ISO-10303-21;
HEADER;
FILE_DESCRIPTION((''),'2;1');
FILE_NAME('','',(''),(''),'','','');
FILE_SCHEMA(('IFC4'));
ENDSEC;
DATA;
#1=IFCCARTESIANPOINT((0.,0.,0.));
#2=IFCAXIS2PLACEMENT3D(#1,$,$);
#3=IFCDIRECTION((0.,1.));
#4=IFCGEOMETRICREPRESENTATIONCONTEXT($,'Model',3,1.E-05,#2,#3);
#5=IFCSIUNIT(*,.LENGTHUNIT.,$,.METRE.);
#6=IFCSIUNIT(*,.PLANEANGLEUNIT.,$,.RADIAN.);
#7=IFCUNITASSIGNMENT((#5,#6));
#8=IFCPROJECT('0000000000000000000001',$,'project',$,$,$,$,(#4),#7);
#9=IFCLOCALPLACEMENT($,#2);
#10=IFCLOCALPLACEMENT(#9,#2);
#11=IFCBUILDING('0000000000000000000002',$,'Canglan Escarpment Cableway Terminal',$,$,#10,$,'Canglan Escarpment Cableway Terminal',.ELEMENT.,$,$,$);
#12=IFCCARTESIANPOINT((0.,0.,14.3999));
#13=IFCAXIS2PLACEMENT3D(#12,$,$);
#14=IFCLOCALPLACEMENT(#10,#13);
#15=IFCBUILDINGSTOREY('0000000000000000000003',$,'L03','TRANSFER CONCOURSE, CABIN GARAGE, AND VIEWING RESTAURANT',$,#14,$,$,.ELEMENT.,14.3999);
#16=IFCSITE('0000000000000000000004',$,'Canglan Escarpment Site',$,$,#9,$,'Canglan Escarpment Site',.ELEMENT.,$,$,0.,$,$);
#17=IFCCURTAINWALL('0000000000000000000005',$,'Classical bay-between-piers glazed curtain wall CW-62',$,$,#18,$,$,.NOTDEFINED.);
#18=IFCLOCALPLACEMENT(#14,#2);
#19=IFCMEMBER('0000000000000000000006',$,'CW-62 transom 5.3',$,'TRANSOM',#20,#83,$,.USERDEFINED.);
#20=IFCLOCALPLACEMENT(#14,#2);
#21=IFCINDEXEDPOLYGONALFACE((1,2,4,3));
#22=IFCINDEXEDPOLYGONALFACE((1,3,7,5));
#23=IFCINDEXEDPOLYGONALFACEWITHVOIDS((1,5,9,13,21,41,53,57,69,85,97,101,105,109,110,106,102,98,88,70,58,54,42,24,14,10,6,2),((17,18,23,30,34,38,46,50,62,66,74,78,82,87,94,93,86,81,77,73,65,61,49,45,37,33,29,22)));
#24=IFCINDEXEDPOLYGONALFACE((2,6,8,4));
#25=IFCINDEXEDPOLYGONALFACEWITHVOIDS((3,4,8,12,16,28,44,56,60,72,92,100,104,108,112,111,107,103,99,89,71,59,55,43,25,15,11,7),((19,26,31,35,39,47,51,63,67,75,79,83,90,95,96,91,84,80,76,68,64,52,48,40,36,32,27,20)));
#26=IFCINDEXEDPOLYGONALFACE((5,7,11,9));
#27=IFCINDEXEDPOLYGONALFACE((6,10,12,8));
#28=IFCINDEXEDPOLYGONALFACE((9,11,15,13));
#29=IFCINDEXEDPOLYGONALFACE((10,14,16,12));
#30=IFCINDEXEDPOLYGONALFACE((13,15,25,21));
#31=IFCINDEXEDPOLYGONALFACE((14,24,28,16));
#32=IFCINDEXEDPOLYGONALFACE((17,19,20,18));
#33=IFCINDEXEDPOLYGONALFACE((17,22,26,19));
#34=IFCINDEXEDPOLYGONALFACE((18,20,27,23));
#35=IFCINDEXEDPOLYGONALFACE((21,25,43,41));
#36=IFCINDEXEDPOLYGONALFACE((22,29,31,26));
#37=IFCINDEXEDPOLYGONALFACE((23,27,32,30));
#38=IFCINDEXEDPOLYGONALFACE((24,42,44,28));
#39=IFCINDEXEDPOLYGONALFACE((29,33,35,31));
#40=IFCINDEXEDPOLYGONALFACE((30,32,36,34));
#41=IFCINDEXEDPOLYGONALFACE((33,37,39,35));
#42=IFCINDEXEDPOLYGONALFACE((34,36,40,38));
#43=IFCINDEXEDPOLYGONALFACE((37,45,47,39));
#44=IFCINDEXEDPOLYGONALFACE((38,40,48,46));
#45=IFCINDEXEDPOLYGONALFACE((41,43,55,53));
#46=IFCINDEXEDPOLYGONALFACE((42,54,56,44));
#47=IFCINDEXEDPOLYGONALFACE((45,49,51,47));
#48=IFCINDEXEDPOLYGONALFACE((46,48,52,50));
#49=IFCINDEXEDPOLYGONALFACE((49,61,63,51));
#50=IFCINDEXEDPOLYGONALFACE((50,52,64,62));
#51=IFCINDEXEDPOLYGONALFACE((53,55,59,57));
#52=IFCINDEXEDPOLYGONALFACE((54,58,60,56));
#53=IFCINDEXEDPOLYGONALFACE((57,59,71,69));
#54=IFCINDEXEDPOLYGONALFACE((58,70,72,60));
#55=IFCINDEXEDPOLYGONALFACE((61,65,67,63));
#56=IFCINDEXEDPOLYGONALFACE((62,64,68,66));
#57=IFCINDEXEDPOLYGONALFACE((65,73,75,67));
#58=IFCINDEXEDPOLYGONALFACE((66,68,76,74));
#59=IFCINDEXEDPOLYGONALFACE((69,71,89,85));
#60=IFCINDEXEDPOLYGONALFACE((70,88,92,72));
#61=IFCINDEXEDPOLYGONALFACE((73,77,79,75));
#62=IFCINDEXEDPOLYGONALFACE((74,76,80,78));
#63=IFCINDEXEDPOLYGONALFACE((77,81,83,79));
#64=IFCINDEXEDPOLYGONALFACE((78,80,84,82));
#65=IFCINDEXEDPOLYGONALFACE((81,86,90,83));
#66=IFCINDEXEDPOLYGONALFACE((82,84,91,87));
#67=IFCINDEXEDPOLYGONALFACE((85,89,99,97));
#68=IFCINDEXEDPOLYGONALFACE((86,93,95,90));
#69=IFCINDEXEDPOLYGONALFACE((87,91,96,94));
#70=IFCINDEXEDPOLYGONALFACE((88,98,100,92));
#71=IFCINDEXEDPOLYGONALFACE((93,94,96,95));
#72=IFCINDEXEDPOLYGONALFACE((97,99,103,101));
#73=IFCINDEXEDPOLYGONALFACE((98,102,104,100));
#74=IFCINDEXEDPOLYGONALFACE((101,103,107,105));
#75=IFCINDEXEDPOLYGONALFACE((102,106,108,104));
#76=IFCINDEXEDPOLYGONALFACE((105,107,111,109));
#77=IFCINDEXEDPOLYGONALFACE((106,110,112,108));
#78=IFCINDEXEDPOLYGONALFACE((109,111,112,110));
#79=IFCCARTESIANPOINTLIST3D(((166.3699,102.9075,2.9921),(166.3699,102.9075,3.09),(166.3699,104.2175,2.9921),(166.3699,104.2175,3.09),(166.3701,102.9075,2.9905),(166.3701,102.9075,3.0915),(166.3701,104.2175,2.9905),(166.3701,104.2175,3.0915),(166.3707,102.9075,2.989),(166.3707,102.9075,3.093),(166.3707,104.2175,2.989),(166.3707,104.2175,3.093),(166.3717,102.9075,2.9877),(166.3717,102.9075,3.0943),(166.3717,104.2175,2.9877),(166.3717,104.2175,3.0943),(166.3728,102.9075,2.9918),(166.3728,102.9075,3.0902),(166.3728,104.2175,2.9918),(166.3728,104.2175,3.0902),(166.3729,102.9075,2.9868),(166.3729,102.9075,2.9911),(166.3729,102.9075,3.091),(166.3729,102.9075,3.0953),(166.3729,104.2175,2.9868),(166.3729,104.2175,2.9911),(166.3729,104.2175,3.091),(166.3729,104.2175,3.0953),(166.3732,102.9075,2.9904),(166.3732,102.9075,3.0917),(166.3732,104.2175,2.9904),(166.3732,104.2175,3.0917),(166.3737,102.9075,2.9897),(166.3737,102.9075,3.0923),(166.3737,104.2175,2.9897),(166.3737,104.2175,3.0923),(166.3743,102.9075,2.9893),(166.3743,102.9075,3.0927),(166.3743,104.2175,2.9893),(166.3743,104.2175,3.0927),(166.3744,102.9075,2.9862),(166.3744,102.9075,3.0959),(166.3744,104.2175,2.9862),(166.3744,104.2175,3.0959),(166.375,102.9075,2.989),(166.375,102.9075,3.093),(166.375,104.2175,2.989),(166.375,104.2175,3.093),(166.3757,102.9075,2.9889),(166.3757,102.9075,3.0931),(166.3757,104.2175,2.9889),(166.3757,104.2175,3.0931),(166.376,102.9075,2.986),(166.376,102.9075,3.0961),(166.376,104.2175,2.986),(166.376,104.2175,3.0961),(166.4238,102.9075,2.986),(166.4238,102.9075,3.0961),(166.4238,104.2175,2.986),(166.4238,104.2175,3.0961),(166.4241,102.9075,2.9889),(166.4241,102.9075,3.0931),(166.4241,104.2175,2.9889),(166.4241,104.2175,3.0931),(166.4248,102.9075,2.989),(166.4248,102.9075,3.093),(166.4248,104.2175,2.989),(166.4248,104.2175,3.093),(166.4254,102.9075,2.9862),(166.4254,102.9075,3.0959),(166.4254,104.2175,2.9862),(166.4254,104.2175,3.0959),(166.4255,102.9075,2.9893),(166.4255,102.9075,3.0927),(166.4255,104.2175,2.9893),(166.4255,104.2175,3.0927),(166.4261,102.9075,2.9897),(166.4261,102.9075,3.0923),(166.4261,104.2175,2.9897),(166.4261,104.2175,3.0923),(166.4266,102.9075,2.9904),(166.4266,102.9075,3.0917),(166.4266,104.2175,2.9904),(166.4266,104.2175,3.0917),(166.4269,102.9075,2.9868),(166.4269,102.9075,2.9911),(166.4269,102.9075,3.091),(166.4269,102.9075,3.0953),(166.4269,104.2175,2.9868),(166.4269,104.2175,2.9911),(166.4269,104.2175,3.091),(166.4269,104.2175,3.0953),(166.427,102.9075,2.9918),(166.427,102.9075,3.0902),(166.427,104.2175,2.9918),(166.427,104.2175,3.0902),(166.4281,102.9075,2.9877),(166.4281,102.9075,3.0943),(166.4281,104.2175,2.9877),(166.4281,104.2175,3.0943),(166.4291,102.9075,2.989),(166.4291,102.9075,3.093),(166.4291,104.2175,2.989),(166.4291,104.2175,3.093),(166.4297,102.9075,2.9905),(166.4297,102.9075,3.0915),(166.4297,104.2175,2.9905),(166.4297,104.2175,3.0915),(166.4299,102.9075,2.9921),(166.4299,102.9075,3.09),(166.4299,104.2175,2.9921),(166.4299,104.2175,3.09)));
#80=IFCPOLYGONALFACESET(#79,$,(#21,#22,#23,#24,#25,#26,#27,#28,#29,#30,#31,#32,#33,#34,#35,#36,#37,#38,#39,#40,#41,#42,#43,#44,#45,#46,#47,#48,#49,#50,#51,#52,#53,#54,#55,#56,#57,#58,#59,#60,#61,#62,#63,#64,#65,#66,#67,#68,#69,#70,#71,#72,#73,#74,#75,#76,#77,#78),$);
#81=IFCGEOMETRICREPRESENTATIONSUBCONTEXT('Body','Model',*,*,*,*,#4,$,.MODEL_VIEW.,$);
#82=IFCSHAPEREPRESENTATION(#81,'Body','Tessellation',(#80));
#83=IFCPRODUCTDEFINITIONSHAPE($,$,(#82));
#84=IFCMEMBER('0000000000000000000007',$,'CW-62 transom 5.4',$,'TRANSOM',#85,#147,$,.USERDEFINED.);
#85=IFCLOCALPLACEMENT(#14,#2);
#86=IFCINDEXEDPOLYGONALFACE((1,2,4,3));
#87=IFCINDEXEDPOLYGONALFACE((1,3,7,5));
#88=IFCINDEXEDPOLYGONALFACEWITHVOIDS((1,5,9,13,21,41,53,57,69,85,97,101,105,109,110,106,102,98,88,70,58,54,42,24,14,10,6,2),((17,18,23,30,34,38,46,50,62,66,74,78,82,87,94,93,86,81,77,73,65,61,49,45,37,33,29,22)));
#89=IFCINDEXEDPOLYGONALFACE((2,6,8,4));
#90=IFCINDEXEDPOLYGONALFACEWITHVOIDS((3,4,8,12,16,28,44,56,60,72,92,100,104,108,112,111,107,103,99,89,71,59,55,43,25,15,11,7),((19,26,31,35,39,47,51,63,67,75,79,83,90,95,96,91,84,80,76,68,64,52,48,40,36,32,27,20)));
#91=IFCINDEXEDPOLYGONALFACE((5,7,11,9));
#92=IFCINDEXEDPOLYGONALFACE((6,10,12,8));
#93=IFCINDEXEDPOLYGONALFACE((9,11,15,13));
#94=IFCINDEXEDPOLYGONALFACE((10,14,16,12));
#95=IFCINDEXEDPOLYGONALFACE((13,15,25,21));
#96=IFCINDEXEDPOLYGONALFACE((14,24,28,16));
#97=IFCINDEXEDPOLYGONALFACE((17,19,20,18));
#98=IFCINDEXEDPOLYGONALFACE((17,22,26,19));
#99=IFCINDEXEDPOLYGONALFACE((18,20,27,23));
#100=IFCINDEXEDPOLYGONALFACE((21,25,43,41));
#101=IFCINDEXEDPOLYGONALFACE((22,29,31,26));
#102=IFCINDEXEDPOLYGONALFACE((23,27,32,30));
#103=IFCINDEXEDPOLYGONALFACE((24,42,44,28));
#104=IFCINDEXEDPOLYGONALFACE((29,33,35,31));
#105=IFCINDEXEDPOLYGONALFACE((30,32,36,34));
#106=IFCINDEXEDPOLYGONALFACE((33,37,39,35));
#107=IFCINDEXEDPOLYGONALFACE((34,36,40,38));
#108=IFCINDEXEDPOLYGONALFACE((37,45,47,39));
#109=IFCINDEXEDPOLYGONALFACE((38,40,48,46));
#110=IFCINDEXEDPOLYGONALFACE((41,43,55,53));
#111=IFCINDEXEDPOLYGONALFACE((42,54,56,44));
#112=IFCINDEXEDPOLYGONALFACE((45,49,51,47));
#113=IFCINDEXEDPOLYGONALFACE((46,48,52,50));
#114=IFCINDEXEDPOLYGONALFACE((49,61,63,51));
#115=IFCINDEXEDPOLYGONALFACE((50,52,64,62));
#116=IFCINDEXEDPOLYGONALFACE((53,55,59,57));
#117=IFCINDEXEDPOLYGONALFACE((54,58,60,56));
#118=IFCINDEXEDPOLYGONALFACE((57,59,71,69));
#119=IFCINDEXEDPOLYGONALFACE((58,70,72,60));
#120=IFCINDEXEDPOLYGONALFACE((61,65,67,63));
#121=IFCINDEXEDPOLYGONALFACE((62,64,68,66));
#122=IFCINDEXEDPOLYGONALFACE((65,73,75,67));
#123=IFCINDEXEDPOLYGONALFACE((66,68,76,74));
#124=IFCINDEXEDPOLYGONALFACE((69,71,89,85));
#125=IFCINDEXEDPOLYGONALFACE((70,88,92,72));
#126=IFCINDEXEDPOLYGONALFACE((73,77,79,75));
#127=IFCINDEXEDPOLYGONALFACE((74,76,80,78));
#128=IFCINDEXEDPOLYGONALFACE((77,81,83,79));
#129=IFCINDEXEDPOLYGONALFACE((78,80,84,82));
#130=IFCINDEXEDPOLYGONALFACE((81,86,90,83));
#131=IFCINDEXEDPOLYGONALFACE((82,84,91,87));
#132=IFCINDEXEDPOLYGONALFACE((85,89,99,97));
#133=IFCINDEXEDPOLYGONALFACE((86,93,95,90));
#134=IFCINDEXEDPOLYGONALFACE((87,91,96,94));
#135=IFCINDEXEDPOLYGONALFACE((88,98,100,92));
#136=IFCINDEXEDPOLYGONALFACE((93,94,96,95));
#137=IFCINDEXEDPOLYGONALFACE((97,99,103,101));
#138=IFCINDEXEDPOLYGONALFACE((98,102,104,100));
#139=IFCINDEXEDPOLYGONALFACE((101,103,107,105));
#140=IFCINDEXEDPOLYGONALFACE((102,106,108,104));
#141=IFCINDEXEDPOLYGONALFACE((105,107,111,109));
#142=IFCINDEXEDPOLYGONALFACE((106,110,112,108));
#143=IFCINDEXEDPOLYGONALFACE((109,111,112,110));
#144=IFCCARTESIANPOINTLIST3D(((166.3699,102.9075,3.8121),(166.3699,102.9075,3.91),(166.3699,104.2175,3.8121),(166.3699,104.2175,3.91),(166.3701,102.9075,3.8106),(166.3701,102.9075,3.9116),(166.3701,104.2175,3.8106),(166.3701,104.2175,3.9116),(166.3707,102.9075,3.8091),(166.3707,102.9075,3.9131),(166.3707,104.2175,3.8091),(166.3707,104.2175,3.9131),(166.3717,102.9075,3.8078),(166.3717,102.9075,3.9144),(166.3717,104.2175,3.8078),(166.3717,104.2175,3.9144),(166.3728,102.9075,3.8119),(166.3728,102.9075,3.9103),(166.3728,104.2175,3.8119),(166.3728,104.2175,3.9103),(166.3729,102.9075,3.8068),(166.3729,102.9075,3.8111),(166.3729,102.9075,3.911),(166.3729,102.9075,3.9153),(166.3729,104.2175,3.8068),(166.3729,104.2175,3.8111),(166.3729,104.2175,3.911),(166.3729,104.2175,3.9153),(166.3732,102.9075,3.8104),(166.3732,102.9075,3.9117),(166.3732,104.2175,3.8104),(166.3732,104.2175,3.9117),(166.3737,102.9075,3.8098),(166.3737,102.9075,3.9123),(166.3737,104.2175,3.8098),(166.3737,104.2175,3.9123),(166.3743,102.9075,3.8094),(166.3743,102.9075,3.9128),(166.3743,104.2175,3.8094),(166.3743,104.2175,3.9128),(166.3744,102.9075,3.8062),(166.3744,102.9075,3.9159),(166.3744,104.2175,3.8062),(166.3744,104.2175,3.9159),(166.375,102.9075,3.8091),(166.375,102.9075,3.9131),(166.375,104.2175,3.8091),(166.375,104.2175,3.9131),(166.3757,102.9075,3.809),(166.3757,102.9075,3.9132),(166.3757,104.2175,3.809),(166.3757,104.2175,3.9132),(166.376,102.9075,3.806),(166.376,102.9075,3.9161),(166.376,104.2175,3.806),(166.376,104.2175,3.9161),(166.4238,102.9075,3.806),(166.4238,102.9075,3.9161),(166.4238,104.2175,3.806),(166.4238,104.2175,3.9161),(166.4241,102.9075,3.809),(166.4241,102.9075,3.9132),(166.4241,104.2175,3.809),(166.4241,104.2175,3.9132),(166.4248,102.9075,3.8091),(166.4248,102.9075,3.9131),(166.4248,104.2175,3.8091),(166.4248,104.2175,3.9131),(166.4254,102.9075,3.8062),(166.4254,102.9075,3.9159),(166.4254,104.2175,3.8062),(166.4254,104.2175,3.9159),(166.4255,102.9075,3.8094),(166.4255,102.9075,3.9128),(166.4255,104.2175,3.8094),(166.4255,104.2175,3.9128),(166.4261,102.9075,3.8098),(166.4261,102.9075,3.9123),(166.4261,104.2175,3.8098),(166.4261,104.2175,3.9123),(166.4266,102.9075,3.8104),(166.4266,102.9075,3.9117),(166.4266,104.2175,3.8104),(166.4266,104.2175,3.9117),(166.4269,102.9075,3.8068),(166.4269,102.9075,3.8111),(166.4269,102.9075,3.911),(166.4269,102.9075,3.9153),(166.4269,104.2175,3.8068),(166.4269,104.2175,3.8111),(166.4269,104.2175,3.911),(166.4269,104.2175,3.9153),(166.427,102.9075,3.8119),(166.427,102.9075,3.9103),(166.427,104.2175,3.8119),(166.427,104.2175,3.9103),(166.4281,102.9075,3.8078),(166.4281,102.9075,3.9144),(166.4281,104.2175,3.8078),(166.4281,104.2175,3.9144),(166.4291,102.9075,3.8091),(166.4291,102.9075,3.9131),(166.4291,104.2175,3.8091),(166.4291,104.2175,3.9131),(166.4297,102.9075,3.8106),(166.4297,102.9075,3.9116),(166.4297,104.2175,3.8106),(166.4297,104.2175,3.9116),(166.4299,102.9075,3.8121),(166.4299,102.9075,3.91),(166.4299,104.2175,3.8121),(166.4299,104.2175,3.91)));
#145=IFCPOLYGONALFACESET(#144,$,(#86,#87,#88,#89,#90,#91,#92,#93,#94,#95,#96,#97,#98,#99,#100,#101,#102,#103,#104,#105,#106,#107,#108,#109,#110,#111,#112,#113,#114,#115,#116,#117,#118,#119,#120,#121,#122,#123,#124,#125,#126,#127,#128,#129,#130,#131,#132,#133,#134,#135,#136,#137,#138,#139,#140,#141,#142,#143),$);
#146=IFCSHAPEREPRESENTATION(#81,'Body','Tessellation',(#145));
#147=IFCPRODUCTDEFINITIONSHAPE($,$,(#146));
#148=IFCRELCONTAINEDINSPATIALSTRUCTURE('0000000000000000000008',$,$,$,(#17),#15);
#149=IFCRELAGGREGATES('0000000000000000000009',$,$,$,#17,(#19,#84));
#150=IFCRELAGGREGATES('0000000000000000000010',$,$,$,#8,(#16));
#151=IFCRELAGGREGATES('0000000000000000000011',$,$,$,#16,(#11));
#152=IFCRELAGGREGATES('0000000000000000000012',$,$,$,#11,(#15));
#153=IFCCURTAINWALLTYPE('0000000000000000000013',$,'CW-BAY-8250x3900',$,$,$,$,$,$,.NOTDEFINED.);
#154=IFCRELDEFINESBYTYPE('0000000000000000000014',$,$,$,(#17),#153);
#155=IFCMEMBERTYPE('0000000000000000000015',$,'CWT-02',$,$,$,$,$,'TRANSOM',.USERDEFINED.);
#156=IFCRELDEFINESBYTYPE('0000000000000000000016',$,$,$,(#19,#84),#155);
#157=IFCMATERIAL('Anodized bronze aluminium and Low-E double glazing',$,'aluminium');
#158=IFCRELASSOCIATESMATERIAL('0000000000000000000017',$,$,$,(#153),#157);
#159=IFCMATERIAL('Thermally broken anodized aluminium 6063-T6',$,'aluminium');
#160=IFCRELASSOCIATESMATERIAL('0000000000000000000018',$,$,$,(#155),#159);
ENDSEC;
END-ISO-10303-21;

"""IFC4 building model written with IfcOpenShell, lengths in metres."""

from ifc_helpers import new_model, si_unit, direction, frame, origin, origin_2d, place, context, subcontext, project, spatial, hollow_rectangle, extrude, material, material_profile, profile_set, type_object, element, aggregate, save


model = new_model("IFC4")

# Units and contexts
model_context = context("Model", 3, precision=1e-05, world=origin(), true_north=direction((0.0, 1.0)))
body_context = subcontext(model_context, "Body", "Model", "MODEL_VIEW")
ifc_project = project(units=[si_unit("LENGTHUNIT", "METRE"), si_unit("PLANEANGLEUNIT", "RADIAN")], contexts=[model_context])

# Site, building, storey
site_placement = place(None, origin())
site = spatial("IfcSite", under=ifc_project, at=site_placement, Name="Canglan Escarpment Site", LongName="Canglan Escarpment Site", CompositionType="ELEMENT", RefElevation=0.0)
building_placement = place(site_placement, origin())
building = spatial("IfcBuilding", under=site, at=building_placement, Name="Canglan Escarpment Cableway Terminal", LongName="Canglan Escarpment Cableway Terminal", CompositionType="ELEMENT")
storey_placement = place(building_placement, frame((0.0, 0.0, 14.3999)))
storey = spatial("IfcBuildingStorey", under=building, at=storey_placement, Name="L03", Description="TRANSFER CONCOURSE, CABIN GARAGE, AND VIEWING RESTAURANT", CompositionType="ELEMENT", Elevation=14.3999)

# Curtain wall, members
ifc_material_1 = material(Name="Anodized bronze aluminium and Low-E double glazing", Category="aluminium")
curtain_wall_type = type_object("IfcCurtainWallType", Name="CW-BAY-8250x3900", PredefinedType="NOTDEFINED", material=ifc_material_1)
curtain_wall_placement = place(storey_placement, origin())
curtain_wall = element("IfcCurtainWall", 1, at=curtain_wall_placement, inside=storey, type_object=curtain_wall_type, Name="Classical bay-between-piers glazed curtain wall CW-62", PredefinedType="NOTDEFINED")
ifc_material_2 = material(Name="Thermally broken anodized aluminium 6063-T6", Category="aluminium")
ifc_material_profile_1 = material_profile(ifc_material_2, hollow_rectangle(XDim=0.0601, YDim=0.1101, WallThickness=0.0029, InnerFilletRadius=0.0029, OuterFilletRadius=0.0061, at=origin_2d()), Name="ALU-TRAN 60x110x3")
ifc_profile_set_1 = profile_set([ifc_material_profile_1], Name="Thermally broken anodized aluminium 6063-T6")
member_type_1 = type_object("IfcMemberType", Name="CWT-02", ElementType="TRANSOM", PredefinedType="USERDEFINED", material=ifc_profile_set_1)
member_1_placement = place(storey_placement, frame((166.3999, 102.9075, 3.041), z_axis=(0.0, 1.0, 0.0), x_axis=(-1.0, 0.0, 0.0)))
member_1 = element("IfcMember", 2, at=member_1_placement, type_object=member_type_1, Name="CW-62 transom 5.3", ObjectType="TRANSOM", PredefinedType="USERDEFINED", context=body_context, shape_type="SweptSolid", body=[
    extrude(hollow_rectangle(XDim=0.0601, YDim=0.1101, WallThickness=0.0029, InnerFilletRadius=0.0029, OuterFilletRadius=0.0061, at=origin_2d()), origin(), (0.0, 0.0, 1.0), 1.3101),
])
member_2_placement = place(storey_placement, frame((166.3999, 102.9075, 3.8611), z_axis=(0.0, 1.0, 0.0), x_axis=(-1.0, 0.0, 0.0)))
member_2 = element("IfcMember", 3, at=member_2_placement, type_object=member_type_1, Name="CW-62 transom 5.4", ObjectType="TRANSOM", PredefinedType="USERDEFINED", context=body_context, shape_type="SweptSolid", body=[
    extrude(hollow_rectangle(XDim=0.0601, YDim=0.1101, WallThickness=0.0029, InnerFilletRadius=0.0029, OuterFilletRadius=0.0061, at=origin_2d()), origin(), (0.0, 0.0, 1.0), 1.3101),
])
aggregate(curtain_wall, [member_1, member_2])

save(model, "model.ifc")
